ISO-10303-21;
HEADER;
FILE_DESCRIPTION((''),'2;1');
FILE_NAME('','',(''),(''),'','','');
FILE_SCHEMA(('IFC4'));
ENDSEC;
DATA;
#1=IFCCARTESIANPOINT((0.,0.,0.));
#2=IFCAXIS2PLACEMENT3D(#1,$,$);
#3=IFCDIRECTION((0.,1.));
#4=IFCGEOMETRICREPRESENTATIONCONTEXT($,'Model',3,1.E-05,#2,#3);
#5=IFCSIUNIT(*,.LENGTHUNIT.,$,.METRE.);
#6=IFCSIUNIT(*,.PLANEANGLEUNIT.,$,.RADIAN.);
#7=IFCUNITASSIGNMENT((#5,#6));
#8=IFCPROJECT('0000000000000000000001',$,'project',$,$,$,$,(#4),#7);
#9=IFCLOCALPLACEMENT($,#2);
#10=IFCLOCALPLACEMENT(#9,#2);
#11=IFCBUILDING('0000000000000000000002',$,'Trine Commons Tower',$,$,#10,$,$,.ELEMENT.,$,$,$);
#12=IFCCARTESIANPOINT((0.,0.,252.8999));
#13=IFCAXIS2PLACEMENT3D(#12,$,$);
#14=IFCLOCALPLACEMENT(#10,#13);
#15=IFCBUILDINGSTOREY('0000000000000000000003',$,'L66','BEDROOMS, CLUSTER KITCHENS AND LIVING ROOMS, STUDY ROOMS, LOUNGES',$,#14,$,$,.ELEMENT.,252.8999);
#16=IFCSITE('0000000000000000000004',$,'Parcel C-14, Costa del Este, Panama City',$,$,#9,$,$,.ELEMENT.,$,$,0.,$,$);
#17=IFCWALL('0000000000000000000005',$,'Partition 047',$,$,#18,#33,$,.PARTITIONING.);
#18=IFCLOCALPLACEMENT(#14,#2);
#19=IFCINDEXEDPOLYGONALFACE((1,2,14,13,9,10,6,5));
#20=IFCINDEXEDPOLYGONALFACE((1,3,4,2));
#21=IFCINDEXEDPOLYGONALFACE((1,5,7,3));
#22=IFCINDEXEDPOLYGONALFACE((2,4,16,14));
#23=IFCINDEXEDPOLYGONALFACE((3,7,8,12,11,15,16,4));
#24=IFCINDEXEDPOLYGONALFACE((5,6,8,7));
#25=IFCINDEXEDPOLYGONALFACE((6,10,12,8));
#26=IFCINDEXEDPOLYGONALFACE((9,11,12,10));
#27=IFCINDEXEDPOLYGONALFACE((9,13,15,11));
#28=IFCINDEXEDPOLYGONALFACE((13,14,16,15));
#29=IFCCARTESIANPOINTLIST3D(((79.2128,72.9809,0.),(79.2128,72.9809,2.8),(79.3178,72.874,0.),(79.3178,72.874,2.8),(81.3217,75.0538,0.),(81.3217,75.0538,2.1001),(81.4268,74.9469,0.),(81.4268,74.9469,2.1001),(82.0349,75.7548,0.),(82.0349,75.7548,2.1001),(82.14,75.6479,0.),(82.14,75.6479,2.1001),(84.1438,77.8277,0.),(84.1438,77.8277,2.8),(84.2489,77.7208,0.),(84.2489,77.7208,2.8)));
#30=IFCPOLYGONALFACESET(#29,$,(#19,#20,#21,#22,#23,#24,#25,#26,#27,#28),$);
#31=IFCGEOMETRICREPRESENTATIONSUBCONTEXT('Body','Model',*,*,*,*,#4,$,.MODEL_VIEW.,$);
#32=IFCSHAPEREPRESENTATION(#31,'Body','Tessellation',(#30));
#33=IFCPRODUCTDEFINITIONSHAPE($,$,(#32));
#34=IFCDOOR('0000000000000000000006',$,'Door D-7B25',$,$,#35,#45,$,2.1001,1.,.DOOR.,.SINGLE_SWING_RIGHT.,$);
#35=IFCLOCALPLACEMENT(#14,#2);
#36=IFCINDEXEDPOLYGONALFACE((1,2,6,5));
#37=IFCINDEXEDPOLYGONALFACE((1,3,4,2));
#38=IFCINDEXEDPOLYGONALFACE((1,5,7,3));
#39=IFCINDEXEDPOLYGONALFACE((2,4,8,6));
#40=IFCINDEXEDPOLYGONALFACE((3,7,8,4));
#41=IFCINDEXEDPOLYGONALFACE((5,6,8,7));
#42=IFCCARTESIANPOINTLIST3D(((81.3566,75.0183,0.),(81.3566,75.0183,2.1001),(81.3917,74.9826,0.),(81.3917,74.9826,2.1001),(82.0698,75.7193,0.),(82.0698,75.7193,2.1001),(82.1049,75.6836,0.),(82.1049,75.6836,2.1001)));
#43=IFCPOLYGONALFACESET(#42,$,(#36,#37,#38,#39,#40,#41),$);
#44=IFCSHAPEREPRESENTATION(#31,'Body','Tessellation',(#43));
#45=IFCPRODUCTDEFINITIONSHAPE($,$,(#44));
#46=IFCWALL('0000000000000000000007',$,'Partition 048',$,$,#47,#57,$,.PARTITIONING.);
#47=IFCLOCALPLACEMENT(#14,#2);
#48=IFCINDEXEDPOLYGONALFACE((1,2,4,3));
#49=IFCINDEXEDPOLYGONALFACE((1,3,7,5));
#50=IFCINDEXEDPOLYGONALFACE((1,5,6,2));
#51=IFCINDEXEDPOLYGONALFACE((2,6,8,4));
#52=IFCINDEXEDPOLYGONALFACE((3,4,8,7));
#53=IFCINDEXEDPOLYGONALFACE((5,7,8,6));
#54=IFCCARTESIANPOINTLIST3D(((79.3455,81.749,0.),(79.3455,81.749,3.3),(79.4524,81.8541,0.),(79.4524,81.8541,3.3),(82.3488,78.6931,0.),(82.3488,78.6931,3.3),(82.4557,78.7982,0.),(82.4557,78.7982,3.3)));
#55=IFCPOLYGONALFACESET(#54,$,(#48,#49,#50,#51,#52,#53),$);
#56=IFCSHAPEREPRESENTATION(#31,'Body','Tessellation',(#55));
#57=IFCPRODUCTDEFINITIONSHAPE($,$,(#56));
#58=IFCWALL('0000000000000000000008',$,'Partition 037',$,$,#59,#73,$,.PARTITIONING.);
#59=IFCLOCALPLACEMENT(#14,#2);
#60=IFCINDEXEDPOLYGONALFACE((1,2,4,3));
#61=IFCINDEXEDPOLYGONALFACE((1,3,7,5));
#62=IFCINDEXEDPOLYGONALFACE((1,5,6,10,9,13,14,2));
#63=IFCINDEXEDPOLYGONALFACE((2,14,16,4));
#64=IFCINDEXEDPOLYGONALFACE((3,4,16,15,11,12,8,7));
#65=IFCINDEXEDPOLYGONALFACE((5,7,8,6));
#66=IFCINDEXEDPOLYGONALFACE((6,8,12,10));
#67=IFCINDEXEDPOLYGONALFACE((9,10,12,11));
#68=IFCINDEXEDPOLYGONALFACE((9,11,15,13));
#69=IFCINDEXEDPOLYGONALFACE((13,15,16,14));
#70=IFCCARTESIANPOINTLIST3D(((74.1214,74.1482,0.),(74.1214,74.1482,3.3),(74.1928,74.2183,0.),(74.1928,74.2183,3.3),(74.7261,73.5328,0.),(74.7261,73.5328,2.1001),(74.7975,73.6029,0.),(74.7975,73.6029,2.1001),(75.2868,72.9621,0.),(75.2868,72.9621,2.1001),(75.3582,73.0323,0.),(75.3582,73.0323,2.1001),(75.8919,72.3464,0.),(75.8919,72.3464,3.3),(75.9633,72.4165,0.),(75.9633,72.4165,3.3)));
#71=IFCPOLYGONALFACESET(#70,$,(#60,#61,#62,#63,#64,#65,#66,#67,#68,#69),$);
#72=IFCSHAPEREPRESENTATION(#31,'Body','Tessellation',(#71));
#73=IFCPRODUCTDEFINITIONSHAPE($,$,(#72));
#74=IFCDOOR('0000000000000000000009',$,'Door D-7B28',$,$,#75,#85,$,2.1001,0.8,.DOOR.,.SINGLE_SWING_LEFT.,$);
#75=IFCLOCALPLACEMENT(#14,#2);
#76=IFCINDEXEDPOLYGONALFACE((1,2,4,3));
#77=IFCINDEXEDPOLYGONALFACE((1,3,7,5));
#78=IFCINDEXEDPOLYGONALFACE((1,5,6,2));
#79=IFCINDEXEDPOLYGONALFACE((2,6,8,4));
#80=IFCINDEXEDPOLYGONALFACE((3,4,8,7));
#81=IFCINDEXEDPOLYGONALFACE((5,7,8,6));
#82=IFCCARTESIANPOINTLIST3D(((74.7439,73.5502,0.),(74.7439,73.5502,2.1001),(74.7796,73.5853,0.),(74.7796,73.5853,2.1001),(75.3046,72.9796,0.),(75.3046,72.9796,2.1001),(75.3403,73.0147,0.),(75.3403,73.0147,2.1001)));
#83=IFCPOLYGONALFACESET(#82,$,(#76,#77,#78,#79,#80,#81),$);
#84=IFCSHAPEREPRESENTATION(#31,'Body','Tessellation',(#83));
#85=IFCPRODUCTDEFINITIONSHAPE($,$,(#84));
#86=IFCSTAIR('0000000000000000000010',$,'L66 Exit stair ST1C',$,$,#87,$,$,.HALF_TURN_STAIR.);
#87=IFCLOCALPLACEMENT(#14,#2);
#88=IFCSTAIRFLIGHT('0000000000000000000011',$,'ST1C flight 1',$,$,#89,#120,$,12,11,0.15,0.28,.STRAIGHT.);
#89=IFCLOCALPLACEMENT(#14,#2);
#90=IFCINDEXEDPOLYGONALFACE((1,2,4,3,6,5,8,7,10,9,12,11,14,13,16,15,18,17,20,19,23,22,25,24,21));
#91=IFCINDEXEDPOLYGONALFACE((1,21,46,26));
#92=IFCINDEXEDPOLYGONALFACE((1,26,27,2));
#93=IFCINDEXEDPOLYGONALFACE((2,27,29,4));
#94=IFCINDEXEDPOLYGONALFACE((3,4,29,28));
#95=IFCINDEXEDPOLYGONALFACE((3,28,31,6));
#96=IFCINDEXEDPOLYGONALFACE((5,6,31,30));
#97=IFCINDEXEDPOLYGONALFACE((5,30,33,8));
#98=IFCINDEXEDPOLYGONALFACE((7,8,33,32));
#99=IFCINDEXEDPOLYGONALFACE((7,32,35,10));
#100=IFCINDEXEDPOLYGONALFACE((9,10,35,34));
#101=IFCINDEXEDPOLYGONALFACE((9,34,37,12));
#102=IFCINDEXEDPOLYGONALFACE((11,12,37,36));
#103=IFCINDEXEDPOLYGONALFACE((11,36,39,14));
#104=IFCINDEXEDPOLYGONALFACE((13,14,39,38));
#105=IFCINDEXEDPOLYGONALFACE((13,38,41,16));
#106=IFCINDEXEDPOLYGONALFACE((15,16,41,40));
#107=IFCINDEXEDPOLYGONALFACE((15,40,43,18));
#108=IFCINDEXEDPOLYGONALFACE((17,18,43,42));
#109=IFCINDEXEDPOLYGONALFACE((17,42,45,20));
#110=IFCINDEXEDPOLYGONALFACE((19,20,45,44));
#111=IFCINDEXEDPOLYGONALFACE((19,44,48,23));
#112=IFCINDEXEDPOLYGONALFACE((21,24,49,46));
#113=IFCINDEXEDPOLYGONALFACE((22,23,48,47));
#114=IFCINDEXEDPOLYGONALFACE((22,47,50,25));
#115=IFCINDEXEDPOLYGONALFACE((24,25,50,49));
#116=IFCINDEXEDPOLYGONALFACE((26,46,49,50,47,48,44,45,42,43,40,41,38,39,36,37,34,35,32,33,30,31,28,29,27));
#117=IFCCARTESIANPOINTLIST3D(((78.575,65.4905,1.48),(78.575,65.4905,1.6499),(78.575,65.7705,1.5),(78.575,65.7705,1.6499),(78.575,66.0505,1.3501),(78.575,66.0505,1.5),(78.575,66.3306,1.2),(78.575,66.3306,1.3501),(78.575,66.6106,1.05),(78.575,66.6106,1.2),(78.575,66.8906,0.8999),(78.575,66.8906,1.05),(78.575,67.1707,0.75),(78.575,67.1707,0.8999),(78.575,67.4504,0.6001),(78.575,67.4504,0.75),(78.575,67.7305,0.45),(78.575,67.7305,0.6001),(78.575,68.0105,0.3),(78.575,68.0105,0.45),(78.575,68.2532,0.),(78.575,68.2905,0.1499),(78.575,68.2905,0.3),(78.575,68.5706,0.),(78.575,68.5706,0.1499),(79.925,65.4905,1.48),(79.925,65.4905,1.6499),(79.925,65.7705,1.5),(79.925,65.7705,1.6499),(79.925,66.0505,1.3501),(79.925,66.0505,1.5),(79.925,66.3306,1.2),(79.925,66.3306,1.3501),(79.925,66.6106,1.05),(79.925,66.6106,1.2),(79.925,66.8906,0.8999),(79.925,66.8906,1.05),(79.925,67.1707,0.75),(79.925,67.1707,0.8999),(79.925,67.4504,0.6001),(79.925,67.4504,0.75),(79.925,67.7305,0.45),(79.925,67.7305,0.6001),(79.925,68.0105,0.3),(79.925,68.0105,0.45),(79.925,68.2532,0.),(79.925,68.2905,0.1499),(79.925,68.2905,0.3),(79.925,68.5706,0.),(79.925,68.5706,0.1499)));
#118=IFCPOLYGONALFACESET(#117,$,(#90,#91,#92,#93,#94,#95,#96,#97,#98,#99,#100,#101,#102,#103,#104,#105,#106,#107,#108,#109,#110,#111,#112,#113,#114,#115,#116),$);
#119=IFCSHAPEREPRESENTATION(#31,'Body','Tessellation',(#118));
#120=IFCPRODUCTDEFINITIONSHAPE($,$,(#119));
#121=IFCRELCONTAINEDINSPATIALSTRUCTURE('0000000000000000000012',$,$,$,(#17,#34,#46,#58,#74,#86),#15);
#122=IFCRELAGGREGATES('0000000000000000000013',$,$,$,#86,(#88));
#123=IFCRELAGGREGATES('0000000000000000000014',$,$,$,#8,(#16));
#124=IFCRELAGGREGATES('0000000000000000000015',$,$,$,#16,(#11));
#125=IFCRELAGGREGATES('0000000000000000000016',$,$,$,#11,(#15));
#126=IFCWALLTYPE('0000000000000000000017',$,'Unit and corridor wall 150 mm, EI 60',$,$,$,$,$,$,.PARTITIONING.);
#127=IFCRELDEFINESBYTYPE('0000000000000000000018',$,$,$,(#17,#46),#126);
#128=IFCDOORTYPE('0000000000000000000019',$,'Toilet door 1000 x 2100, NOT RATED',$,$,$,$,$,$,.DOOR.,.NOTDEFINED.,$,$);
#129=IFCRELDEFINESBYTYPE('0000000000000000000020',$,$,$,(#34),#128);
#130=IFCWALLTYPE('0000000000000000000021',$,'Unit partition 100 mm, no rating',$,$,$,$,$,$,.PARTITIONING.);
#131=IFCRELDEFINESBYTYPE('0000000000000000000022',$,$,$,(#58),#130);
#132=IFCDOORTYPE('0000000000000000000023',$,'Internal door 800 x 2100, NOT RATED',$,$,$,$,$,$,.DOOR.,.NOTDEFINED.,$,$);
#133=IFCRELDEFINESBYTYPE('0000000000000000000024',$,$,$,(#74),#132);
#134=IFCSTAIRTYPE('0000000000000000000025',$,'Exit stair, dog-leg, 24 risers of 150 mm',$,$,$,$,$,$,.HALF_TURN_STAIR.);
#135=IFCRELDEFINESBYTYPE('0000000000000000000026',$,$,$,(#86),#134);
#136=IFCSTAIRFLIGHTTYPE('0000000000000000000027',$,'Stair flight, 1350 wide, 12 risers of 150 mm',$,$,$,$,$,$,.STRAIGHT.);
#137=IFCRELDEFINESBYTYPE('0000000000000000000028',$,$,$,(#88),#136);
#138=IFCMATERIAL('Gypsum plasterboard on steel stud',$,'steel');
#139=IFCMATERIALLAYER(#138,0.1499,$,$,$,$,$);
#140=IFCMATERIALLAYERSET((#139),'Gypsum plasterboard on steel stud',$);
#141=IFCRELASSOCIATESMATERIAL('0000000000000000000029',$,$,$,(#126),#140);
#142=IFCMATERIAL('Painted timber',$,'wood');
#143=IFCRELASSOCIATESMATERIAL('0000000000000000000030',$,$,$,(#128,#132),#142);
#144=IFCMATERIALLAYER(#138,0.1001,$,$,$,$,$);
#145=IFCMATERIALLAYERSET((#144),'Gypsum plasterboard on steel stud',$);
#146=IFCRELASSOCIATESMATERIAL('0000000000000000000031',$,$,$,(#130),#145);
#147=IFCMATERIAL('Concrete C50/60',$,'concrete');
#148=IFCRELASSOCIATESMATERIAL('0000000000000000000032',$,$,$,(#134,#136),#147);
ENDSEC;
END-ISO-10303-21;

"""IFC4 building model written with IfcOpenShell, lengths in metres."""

from ifc_helpers import new_model, si_unit, direction, frame, frame_2d, origin, place, context, subcontext, project, spatial, polyline, rectangle, outline, extrude, material, layer, layer_set, type_object, element, fill, aggregate, save


model = new_model("IFC4")

# Units and contexts
model_context = context("Model", 3, precision=1e-05, world=origin(), true_north=direction((0.0, 1.0)))
body_context = subcontext(model_context, "Body", "Model", "MODEL_VIEW")
ifc_project = project(units=[si_unit("LENGTHUNIT", "METRE"), si_unit("PLANEANGLEUNIT", "RADIAN")], contexts=[model_context])

# Site, building, storey
site_placement = place(None, origin())
site = spatial("IfcSite", under=ifc_project, at=site_placement, Name="Parcel C-14, Costa del Este, Panama City", CompositionType="ELEMENT", RefElevation=0.0)
building_placement = place(site_placement, origin())
building = spatial("IfcBuilding", under=site, at=building_placement, Name="Trine Commons Tower", CompositionType="ELEMENT")
storey_placement = place(building_placement, frame((0.0, 0.0, 252.8999)))
storey = spatial("IfcBuildingStorey", under=building, at=storey_placement, Name="L66", Description="BEDROOMS, CLUSTER KITCHENS AND LIVING ROOMS, STUDY ROOMS, LOUNGES", CompositionType="ELEMENT", Elevation=252.8999)

# Shared definitions
ifc_material_1 = material(Name="Concrete C50/60", Category="concrete")

# Shared definitions
ifc_material_2 = material(Name="Gypsum plasterboard on steel stud", Category="steel")
ifc_layer_1 = layer(ifc_material_2, 0.1499)
ifc_layer_set_1 = layer_set([ifc_layer_1], Name="Gypsum plasterboard on steel stud")
wall_type_1 = type_object("IfcWallType", Name="Unit and corridor wall 150 mm, EI 60", PredefinedType="PARTITIONING", material=ifc_layer_set_1)

# Shared definitions
ifc_material_3 = material(Name="Painted timber", Category="wood")

# Wall, opening, door
wall_1_placement = place(storey_placement, frame((79.2654, 72.9275, 0.0), z_axis=(0.0, 0.0, 1.0), x_axis=(0.713171, 0.70099, 0.0)))
wall_1 = element("IfcWall", 1, at=wall_1_placement, inside=storey, type_object=wall_type_1, Name="Partition 047", PredefinedType="PARTITIONING", context=body_context, shape_type="SweptSolid", body=[
    extrude(rectangle(XDim=6.9143, YDim=0.1499, at=frame_2d((3.457, 0.0))), origin(), (0.0, 0.0, 1.0), 2.8),
])
opening_1_placement = place(wall_1_placement, frame((2.957, 0.0, 0.0)))
opening_1 = element("IfcOpeningElement", 2, at=opening_1_placement, cuts=wall_1, PredefinedType="OPENING", context=body_context, shape_type="SweptSolid", body=[
    extrude(rectangle(XDim=1.0, YDim=2.1001, at=frame_2d((0.5, 1.05))), frame((0.0, 0.085, 0.0), z_axis=(0.0, -1.0, 0.0), x_axis=(1.0, 0.0, 0.0)), (0.0, 0.0, 1.0), 0.1699),
])
door_type_1 = type_object("IfcDoorType", Name="Toilet door 1000 x 2100, NOT RATED", OperationType="NOTDEFINED", PredefinedType="DOOR", material=ifc_material_3)
door_1_placement = place(opening_1_placement, frame((1.0, 0.0, 0.0), z_axis=(0.0, 0.0, 1.0), x_axis=(-1.0, 0.0, 0.0)))
door_1 = element("IfcDoor", 3, at=door_1_placement, inside=storey, type_object=door_type_1, Name="Door D-7B25", OperationType="SINGLE_SWING_RIGHT", OverallHeight=2.1001, OverallWidth=1.0, PredefinedType="DOOR", context=body_context, shape_type="SweptSolid", body=[
    extrude(rectangle(XDim=1.0, YDim=2.1001, at=frame_2d((0.5, 1.05))), frame((0.0, 0.0249, 0.0), z_axis=(0.0, -1.0, 0.0), x_axis=(1.0, 0.0, 0.0)), (0.0, 0.0, 1.0), 0.05),
])
fill(opening_1, door_1)

# Wall
wall_2_placement = place(storey_placement, frame((79.3989, 81.8015, 0.0), z_axis=(0.0, 0.0, 1.0), x_axis=(0.700955, -0.713205, 0.0)))
element("IfcWall", 4, at=wall_2_placement, inside=storey, type_object=wall_type_1, Name="Partition 048", PredefinedType="PARTITIONING", context=body_context, shape_type="SweptSolid", body=[
    extrude(rectangle(XDim=4.2847, YDim=0.1499, at=frame_2d((2.1423, 0.0))), origin(), (0.0, 0.0, 1.0), 3.3),
])

# Wall, opening, door
ifc_layer_2 = layer(ifc_material_2, 0.1001)
ifc_layer_set_2 = layer_set([ifc_layer_2], Name="Gypsum plasterboard on steel stud")
wall_type_2 = type_object("IfcWallType", Name="Unit partition 100 mm, no rating", PredefinedType="PARTITIONING", material=ifc_layer_set_2)
wall_3_placement = place(storey_placement, frame((74.157, 74.1833, 0.0), z_axis=(0.0, 0.0, 1.0), x_axis=(0.700894, -0.713265, 0.0)))
wall_3 = element("IfcWall", 5, at=wall_3_placement, inside=storey, type_object=wall_type_2, Name="Partition 037", PredefinedType="PARTITIONING", context=body_context, shape_type="SweptSolid", body=[
    extrude(rectangle(XDim=2.5261, YDim=0.1001, at=frame_2d((1.2632, 0.0))), origin(), (0.0, 0.0, 1.0), 3.3),
])
opening_2_placement = place(wall_3_placement, frame((0.863, 0.0, 0.0)))
opening_2 = element("IfcOpeningElement", 6, at=opening_2_placement, cuts=wall_3, PredefinedType="OPENING", context=body_context, shape_type="SweptSolid", body=[
    extrude(rectangle(XDim=0.8, YDim=2.1001, at=frame_2d((0.3999, 1.05))), frame((0.0, 0.0601, 0.0), z_axis=(0.0, -1.0, 0.0), x_axis=(1.0, 0.0, 0.0)), (0.0, 0.0, 1.0), 0.1201),
])
door_type_2 = type_object("IfcDoorType", Name="Internal door 800 x 2100, NOT RATED", OperationType="NOTDEFINED", PredefinedType="DOOR", material=ifc_material_3)
door_2_placement = place(opening_2_placement, origin())
door_2 = element("IfcDoor", 7, at=door_2_placement, inside=storey, type_object=door_type_2, Name="Door D-7B28", OperationType="SINGLE_SWING_LEFT", OverallHeight=2.1001, OverallWidth=0.8, PredefinedType="DOOR", context=body_context, shape_type="SweptSolid", body=[
    extrude(rectangle(XDim=0.8, YDim=2.1001, at=frame_2d((0.3999, 1.05))), frame((0.0, 0.0249, 0.0), z_axis=(0.0, -1.0, 0.0), x_axis=(1.0, 0.0, 0.0)), (0.0, 0.0, 1.0), 0.05),
])
fill(opening_2, door_2)

# Stair, stair flight
stair_type = type_object("IfcStairType", Name="Exit stair, dog-leg, 24 risers of 150 mm", PredefinedType="HALF_TURN_STAIR", material=ifc_material_1)
stair_placement = place(storey_placement, origin())
stair = element("IfcStair", 8, at=stair_placement, inside=storey, type_object=stair_type, Name="L66 Exit stair ST1C", PredefinedType="HALF_TURN_STAIR")
stair_flight_type = type_object("IfcStairFlightType", Name="Stair flight, 1350 wide, 12 risers of 150 mm", PredefinedType="STRAIGHT", material=ifc_material_1)
stair_flight_placement = place(storey_placement, frame((79.25, 68.5706, 0.0), z_axis=(0.0, 0.0, 1.0), x_axis=(0.0, -1.0, 0.0)))
stair_flight = element("IfcStairFlight", 9, at=stair_flight_placement, type_object=stair_flight_type, Name="ST1C flight 1", NumberOfRisers=12, NumberOfTreads=11, PredefinedType="STRAIGHT", RiserHeight=0.15, TreadLength=0.28, context=body_context, shape_type="SweptSolid", body=[
    extrude(outline(polyline([(0.0, 0.0), (0.0, 0.1499), (0.28, 0.1499), (0.28, 0.3), (0.5601, 0.3), (0.5601, 0.45), (0.8401, 0.45), (0.8401, 0.6001), (1.1201, 0.6001), (1.1201, 0.75), (1.3999, 0.75), (1.3999, 0.8999), (1.6799, 0.8999), (1.6799, 1.05), (1.96, 1.05), (1.96, 1.2), (2.24, 1.2), (2.24, 1.3501), (2.52, 1.3501), (2.52, 1.5), (2.8, 1.5), (2.8, 1.6499), (3.0801, 1.6499), (3.0801, 1.8), (3.0801, 1.48), (0.3174, 0.0), (0.0, 0.0)])), frame((0.0, 0.675, 0.0), z_axis=(0.0, -1.0, 0.0), x_axis=(1.0, 0.0, 0.0)), (0.0, 0.0, 1.0), 1.3501),
])
aggregate(stair, [stair_flight])

save(model, "model.ifc")
